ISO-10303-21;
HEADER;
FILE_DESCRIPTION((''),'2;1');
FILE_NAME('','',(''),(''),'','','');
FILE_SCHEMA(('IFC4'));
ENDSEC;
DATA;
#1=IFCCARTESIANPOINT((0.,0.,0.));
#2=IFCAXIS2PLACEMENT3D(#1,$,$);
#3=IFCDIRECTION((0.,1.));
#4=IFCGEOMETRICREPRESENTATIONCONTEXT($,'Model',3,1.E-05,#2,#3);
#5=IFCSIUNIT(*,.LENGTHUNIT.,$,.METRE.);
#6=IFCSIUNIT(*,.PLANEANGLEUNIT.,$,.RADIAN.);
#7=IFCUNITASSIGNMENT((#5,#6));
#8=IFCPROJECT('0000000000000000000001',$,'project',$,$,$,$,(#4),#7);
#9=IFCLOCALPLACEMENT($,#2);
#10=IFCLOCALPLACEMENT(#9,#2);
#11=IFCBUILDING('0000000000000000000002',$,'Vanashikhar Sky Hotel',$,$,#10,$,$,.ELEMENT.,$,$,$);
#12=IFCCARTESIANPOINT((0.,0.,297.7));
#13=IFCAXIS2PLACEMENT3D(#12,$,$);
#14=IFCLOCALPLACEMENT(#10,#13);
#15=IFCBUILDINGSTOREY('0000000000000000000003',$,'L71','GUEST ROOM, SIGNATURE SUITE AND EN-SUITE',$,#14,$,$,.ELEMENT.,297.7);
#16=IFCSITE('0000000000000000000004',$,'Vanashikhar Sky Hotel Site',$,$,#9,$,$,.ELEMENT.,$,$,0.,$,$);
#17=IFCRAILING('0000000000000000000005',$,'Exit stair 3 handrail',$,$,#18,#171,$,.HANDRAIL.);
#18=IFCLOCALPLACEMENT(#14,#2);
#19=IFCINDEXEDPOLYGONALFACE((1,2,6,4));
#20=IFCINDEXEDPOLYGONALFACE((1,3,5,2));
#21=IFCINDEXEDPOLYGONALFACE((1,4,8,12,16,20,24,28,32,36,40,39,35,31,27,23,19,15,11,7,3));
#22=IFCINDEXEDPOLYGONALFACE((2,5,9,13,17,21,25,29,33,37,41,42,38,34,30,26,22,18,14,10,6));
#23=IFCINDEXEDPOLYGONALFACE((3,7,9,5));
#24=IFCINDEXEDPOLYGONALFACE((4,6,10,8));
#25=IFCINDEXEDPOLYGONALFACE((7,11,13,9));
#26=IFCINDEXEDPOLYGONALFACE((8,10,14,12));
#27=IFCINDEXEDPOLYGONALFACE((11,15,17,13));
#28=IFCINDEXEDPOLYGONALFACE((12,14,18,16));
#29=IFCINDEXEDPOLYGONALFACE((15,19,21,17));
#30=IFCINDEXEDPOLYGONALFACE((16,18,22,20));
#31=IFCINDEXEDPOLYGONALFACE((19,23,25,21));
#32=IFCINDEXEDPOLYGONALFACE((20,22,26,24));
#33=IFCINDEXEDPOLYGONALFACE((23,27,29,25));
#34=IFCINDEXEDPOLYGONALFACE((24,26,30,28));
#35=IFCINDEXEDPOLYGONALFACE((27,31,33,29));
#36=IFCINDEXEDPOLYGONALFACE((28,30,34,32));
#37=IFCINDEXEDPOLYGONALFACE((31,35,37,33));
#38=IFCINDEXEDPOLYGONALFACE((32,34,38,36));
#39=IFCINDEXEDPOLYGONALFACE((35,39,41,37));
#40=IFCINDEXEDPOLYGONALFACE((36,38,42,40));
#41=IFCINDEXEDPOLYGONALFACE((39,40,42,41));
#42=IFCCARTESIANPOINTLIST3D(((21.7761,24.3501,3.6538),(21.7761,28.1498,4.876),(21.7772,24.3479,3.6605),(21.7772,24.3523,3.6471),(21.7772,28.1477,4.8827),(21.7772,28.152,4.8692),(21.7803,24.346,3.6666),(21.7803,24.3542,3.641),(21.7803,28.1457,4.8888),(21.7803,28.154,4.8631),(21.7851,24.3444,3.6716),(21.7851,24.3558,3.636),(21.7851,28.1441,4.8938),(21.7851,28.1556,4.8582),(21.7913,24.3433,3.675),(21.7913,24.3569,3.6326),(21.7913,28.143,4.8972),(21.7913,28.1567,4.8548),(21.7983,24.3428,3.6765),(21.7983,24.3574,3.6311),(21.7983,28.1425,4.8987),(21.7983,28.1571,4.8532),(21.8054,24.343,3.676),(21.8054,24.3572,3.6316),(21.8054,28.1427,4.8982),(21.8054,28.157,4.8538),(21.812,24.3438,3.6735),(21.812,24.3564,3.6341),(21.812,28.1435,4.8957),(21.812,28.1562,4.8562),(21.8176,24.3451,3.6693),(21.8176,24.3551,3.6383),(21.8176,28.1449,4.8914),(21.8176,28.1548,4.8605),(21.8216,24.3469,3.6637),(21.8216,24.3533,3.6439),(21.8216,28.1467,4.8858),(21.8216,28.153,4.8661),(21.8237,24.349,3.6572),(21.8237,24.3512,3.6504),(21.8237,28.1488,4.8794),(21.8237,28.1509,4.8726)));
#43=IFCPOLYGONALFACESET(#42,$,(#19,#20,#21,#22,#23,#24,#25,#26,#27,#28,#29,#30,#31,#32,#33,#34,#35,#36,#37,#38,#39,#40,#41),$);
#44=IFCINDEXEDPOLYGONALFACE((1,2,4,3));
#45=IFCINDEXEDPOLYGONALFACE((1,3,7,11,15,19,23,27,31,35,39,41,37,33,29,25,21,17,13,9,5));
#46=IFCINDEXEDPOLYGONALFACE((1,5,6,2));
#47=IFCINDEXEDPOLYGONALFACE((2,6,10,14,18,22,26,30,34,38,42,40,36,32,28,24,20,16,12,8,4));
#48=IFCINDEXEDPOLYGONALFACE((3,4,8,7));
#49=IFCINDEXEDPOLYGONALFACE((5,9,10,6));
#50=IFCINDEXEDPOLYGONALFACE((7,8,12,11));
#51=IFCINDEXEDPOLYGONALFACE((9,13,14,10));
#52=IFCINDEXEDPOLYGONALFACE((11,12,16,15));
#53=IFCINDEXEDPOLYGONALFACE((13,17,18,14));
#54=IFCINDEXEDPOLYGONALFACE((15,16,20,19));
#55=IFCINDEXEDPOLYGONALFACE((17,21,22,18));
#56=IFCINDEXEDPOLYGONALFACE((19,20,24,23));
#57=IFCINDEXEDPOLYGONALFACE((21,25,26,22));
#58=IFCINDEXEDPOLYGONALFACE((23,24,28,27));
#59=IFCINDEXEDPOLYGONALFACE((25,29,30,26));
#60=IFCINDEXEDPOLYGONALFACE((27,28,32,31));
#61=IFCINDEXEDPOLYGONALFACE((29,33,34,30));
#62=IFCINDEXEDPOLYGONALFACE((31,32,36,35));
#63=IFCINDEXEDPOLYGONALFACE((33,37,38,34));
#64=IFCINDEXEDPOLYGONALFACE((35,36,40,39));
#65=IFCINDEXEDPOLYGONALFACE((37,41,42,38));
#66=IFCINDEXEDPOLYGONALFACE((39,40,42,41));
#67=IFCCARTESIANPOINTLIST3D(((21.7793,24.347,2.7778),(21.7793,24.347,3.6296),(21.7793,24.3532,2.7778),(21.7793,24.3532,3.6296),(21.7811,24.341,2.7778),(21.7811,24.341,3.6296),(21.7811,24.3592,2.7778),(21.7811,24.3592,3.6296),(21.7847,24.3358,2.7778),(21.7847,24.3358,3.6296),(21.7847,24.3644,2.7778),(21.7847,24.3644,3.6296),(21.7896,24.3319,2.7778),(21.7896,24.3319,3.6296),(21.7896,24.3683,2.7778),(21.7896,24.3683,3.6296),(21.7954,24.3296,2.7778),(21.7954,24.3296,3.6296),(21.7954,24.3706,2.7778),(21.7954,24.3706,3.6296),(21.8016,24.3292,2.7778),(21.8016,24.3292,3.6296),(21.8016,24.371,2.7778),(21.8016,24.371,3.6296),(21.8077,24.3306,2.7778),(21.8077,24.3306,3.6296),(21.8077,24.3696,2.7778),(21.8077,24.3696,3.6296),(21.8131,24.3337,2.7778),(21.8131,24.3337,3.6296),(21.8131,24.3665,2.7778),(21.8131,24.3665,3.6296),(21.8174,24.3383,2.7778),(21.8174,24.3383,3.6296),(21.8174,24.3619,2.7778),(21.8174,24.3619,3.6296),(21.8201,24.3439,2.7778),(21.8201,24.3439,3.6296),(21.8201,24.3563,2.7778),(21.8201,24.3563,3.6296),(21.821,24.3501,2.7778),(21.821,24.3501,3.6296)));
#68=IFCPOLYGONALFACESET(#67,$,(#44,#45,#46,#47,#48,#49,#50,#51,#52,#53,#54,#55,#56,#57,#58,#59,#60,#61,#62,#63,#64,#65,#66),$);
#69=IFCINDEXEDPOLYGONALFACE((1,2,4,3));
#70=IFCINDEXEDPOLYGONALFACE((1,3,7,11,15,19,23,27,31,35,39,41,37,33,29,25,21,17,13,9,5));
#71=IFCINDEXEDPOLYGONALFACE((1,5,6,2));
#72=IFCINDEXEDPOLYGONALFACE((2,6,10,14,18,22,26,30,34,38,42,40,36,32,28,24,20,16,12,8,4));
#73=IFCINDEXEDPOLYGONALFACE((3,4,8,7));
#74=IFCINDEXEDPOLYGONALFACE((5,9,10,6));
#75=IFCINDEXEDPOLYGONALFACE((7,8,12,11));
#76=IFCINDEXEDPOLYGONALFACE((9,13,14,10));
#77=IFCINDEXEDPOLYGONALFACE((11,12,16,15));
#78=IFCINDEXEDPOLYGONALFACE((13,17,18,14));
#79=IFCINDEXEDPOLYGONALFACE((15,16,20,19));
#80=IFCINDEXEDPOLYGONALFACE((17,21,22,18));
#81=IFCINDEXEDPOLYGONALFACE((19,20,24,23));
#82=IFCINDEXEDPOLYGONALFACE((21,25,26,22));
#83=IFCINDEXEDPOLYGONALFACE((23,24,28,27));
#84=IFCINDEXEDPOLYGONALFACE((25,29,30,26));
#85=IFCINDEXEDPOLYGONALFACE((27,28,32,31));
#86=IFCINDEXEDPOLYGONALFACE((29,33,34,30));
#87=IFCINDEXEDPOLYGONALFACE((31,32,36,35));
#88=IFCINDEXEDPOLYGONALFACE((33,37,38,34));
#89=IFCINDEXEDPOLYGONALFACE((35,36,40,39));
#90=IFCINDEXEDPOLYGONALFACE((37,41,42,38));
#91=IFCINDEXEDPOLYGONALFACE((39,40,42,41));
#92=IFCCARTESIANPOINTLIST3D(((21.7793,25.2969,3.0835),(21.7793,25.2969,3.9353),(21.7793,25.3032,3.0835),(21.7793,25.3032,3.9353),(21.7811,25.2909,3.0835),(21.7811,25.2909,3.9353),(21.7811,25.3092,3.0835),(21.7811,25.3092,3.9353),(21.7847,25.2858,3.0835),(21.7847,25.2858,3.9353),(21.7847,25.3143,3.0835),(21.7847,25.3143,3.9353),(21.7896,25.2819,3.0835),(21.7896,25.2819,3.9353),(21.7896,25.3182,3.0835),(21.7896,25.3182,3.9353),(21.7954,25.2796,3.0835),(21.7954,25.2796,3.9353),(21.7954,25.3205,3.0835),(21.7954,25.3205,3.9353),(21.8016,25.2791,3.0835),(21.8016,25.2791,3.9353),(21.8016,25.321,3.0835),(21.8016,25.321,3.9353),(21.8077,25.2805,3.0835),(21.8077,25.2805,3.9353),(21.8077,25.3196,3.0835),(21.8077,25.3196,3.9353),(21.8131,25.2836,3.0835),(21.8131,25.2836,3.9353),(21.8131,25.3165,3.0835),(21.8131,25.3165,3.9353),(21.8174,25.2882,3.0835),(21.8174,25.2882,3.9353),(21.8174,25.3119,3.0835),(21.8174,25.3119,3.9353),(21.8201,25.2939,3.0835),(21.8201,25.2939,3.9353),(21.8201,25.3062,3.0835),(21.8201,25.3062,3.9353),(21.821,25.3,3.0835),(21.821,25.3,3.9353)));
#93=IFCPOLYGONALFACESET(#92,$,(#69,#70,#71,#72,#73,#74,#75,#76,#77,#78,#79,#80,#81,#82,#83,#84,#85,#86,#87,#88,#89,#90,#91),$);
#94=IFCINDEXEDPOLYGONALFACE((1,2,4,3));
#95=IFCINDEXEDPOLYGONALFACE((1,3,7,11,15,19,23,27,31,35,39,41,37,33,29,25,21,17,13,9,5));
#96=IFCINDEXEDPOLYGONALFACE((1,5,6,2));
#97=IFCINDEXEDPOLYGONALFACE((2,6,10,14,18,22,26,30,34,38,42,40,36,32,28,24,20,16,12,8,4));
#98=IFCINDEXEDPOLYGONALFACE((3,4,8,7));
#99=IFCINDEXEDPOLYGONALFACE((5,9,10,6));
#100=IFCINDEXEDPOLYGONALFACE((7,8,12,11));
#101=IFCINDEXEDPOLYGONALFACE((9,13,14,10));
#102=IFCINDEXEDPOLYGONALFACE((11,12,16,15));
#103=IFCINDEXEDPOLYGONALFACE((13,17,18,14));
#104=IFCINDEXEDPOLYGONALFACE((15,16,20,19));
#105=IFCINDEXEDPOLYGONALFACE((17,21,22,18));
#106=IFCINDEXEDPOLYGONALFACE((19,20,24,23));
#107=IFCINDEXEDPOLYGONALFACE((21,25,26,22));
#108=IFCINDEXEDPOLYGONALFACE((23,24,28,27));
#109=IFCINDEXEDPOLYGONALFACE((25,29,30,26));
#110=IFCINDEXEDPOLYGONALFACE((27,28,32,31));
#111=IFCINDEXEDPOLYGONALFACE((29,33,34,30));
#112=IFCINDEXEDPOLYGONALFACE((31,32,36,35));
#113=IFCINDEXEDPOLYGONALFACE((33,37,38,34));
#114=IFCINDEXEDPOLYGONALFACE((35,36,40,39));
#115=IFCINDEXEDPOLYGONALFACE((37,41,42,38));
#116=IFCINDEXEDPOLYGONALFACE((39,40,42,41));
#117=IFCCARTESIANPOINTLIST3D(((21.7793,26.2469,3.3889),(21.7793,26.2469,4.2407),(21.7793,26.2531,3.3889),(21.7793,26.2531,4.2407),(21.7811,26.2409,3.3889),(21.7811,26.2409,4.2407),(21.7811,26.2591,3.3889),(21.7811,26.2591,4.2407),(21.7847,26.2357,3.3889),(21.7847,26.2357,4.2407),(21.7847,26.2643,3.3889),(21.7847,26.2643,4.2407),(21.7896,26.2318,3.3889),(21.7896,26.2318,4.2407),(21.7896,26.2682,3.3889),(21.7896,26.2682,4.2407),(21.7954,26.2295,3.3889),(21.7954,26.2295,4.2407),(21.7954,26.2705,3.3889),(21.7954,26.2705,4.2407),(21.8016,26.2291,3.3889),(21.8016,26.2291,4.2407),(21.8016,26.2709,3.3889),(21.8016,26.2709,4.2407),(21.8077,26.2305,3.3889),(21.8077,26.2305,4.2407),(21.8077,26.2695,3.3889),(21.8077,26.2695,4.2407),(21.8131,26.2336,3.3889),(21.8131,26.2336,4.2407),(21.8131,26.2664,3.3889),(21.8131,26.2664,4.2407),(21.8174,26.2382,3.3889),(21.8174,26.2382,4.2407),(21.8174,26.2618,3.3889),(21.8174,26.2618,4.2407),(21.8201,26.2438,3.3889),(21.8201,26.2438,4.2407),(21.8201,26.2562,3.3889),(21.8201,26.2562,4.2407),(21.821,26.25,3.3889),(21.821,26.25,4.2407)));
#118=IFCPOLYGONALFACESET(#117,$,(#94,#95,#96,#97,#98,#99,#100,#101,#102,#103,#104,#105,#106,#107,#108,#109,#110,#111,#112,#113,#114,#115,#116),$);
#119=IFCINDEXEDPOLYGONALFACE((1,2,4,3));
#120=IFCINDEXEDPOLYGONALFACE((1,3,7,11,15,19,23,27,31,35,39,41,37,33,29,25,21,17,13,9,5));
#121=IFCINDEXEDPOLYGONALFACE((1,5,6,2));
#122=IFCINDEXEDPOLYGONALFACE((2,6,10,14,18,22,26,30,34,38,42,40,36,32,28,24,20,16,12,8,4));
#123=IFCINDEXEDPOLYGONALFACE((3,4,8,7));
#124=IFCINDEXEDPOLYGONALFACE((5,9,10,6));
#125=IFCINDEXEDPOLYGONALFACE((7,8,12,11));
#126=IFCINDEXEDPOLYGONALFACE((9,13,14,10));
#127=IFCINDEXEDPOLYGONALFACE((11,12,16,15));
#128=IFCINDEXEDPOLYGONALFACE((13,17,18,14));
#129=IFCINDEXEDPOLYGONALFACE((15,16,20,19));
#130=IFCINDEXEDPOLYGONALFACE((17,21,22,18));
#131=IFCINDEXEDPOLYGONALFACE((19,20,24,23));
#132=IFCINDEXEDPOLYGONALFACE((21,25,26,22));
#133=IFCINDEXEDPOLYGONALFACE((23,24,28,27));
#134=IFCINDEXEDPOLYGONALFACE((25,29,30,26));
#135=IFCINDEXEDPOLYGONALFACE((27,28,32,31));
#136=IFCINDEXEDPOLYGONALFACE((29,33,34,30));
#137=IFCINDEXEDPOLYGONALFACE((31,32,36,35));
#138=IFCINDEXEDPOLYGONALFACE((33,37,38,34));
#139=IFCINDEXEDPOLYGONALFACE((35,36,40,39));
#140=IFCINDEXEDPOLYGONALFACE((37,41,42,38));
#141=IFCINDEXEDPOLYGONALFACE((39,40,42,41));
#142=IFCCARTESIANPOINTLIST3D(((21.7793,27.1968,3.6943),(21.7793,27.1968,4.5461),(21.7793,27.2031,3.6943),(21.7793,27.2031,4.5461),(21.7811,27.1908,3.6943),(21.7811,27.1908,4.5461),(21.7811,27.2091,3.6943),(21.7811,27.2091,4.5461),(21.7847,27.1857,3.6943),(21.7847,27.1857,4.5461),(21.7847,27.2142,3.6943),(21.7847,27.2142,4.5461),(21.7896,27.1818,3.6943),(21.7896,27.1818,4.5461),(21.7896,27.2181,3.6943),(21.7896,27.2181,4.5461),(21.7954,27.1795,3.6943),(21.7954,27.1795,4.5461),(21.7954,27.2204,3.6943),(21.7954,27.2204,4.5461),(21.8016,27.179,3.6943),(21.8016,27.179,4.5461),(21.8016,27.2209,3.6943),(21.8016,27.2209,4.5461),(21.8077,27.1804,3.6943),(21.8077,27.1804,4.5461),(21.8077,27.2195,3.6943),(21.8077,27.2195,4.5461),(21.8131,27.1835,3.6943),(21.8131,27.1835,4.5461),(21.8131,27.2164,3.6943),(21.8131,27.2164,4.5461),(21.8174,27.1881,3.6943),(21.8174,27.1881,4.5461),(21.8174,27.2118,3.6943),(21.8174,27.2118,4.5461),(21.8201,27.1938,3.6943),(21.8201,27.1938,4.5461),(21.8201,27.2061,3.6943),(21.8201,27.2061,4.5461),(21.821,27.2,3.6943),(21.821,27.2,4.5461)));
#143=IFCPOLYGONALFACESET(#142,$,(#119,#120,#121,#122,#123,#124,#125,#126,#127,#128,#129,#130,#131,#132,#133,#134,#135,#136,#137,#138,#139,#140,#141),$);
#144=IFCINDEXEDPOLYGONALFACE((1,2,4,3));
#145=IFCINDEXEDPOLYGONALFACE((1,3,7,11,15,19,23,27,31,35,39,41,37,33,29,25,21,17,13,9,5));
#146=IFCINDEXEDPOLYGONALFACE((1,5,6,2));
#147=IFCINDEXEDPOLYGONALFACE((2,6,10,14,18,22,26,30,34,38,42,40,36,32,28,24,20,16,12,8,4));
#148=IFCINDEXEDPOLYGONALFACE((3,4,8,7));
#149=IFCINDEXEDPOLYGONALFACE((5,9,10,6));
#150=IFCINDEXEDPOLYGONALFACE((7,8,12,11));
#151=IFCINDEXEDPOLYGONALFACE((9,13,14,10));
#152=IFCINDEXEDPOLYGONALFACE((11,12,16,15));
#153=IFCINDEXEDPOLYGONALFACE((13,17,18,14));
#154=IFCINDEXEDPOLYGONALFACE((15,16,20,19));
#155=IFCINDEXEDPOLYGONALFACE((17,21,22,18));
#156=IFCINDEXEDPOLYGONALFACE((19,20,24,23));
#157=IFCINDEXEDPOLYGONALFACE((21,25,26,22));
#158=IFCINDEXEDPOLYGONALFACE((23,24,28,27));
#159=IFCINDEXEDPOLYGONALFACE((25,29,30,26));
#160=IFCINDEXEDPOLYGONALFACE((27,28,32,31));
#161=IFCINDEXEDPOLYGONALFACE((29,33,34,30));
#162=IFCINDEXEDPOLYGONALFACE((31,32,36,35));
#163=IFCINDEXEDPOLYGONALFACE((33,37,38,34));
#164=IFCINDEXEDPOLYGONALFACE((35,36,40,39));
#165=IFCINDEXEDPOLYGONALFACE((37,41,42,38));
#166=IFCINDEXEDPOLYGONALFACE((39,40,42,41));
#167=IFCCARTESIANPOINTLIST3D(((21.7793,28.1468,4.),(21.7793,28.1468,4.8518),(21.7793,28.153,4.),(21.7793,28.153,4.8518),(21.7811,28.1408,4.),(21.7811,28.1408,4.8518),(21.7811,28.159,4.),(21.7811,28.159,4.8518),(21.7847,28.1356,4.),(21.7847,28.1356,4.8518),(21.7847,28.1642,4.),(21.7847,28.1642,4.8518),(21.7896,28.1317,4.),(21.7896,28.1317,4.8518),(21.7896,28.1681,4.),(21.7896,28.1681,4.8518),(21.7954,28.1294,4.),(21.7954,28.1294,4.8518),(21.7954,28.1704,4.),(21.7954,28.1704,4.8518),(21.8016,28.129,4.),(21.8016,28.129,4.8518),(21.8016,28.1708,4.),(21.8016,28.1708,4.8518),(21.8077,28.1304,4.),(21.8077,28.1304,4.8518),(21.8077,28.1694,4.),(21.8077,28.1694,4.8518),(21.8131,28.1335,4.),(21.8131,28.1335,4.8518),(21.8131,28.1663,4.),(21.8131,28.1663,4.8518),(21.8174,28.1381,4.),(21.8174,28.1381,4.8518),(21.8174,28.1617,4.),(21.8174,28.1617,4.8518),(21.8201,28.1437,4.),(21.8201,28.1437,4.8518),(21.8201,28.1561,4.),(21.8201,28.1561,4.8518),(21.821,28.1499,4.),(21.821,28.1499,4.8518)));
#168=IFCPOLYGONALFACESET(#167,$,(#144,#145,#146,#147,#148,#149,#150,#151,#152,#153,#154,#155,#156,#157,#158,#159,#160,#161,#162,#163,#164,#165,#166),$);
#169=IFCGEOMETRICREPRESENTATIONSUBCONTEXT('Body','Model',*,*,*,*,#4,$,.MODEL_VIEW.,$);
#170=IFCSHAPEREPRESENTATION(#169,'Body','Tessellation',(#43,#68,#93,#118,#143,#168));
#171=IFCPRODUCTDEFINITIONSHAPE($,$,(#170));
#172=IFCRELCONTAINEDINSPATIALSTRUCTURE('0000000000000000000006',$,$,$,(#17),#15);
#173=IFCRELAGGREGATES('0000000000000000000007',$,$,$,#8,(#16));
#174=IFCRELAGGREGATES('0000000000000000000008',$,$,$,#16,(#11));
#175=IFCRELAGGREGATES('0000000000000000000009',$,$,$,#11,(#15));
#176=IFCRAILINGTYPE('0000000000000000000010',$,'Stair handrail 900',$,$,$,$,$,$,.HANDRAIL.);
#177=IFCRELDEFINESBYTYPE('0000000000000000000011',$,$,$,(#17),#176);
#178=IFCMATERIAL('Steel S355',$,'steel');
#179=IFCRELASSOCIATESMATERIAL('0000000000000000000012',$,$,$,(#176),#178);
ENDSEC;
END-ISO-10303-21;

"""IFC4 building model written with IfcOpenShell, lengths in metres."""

from ifc_helpers import new_model, si_unit, direction, frame, origin, origin_2d, place, context, subcontext, project, spatial, circle, extrude, source, transform, mapped, material, type_object, element, save


model = new_model("IFC4")

# Units and contexts
model_context = context("Model", 3, precision=1e-05, world=origin(), true_north=direction((0.0, 1.0)))
body_context = subcontext(model_context, "Body", "Model", "MODEL_VIEW")
ifc_project = project(units=[si_unit("LENGTHUNIT", "METRE"), si_unit("PLANEANGLEUNIT", "RADIAN")], contexts=[model_context])

# Site, building, storey
site_placement = place(None, origin())
site = spatial("IfcSite", under=ifc_project, at=site_placement, Name="Vanashikhar Sky Hotel Site", CompositionType="ELEMENT", RefElevation=0.0)
building_placement = place(site_placement, origin())
building = spatial("IfcBuilding", under=site, at=building_placement, Name="Vanashikhar Sky Hotel", CompositionType="ELEMENT")
storey_placement = place(building_placement, frame((0.0, 0.0, 297.7)))
storey = spatial("IfcBuildingStorey", under=building, at=storey_placement, Name="L71", Description="GUEST ROOM, SIGNATURE SUITE AND EN-SUITE", CompositionType="ELEMENT", Elevation=297.7)

# Railing
ifc_material_1 = material(Name="Steel S355", Category="steel")
railing_type_1 = type_object("IfcRailingType", Name="Stair handrail 900", PredefinedType="HANDRAIL", material=ifc_material_1)
shared_shape_1 = source(origin(), body_context, "Body", "SweptSolid", [
    extrude(circle(Radius=0.0239, at=origin_2d()), frame((0.0, 0.0, 0.876), z_axis=(0.0, 0.95197, 0.306191), x_axis=(-1.0, 0.0, 0.0)), (0.0, 0.0, 1.0), 3.9915),
    extrude(circle(Radius=0.021, at=origin_2d()), origin(), (0.0, 0.0, 1.0), 0.8518),
    extrude(circle(Radius=0.021, at=origin_2d()), frame((0.0, 0.95, 0.3057)), (0.0, 0.0, 1.0), 0.8518),
    extrude(circle(Radius=0.021, at=origin_2d()), frame((0.0, 1.8999, 0.6111)), (0.0, 0.0, 1.0), 0.8518),
    extrude(circle(Radius=0.021, at=origin_2d()), frame((0.0, 2.8499, 0.9165)), (0.0, 0.0, 1.0), 0.8518),
    extrude(circle(Radius=0.021, at=origin_2d()), frame((0.0, 3.7998, 1.2222)), (0.0, 0.0, 1.0), 0.8518),
])
railing_1_placement = place(storey_placement, frame((21.8, 24.3501, 2.7778)))
element("IfcRailing", 1, at=railing_1_placement, inside=storey, type_object=railing_type_1, Name="Exit stair 3 handrail", PredefinedType="HANDRAIL", context=body_context, shape_type="MappedRepresentation", body=[
    mapped(shared_shape_1, transform((0.0, 0.0, 0.0), scale=1.0)),
])

save(model, "model.ifc")
